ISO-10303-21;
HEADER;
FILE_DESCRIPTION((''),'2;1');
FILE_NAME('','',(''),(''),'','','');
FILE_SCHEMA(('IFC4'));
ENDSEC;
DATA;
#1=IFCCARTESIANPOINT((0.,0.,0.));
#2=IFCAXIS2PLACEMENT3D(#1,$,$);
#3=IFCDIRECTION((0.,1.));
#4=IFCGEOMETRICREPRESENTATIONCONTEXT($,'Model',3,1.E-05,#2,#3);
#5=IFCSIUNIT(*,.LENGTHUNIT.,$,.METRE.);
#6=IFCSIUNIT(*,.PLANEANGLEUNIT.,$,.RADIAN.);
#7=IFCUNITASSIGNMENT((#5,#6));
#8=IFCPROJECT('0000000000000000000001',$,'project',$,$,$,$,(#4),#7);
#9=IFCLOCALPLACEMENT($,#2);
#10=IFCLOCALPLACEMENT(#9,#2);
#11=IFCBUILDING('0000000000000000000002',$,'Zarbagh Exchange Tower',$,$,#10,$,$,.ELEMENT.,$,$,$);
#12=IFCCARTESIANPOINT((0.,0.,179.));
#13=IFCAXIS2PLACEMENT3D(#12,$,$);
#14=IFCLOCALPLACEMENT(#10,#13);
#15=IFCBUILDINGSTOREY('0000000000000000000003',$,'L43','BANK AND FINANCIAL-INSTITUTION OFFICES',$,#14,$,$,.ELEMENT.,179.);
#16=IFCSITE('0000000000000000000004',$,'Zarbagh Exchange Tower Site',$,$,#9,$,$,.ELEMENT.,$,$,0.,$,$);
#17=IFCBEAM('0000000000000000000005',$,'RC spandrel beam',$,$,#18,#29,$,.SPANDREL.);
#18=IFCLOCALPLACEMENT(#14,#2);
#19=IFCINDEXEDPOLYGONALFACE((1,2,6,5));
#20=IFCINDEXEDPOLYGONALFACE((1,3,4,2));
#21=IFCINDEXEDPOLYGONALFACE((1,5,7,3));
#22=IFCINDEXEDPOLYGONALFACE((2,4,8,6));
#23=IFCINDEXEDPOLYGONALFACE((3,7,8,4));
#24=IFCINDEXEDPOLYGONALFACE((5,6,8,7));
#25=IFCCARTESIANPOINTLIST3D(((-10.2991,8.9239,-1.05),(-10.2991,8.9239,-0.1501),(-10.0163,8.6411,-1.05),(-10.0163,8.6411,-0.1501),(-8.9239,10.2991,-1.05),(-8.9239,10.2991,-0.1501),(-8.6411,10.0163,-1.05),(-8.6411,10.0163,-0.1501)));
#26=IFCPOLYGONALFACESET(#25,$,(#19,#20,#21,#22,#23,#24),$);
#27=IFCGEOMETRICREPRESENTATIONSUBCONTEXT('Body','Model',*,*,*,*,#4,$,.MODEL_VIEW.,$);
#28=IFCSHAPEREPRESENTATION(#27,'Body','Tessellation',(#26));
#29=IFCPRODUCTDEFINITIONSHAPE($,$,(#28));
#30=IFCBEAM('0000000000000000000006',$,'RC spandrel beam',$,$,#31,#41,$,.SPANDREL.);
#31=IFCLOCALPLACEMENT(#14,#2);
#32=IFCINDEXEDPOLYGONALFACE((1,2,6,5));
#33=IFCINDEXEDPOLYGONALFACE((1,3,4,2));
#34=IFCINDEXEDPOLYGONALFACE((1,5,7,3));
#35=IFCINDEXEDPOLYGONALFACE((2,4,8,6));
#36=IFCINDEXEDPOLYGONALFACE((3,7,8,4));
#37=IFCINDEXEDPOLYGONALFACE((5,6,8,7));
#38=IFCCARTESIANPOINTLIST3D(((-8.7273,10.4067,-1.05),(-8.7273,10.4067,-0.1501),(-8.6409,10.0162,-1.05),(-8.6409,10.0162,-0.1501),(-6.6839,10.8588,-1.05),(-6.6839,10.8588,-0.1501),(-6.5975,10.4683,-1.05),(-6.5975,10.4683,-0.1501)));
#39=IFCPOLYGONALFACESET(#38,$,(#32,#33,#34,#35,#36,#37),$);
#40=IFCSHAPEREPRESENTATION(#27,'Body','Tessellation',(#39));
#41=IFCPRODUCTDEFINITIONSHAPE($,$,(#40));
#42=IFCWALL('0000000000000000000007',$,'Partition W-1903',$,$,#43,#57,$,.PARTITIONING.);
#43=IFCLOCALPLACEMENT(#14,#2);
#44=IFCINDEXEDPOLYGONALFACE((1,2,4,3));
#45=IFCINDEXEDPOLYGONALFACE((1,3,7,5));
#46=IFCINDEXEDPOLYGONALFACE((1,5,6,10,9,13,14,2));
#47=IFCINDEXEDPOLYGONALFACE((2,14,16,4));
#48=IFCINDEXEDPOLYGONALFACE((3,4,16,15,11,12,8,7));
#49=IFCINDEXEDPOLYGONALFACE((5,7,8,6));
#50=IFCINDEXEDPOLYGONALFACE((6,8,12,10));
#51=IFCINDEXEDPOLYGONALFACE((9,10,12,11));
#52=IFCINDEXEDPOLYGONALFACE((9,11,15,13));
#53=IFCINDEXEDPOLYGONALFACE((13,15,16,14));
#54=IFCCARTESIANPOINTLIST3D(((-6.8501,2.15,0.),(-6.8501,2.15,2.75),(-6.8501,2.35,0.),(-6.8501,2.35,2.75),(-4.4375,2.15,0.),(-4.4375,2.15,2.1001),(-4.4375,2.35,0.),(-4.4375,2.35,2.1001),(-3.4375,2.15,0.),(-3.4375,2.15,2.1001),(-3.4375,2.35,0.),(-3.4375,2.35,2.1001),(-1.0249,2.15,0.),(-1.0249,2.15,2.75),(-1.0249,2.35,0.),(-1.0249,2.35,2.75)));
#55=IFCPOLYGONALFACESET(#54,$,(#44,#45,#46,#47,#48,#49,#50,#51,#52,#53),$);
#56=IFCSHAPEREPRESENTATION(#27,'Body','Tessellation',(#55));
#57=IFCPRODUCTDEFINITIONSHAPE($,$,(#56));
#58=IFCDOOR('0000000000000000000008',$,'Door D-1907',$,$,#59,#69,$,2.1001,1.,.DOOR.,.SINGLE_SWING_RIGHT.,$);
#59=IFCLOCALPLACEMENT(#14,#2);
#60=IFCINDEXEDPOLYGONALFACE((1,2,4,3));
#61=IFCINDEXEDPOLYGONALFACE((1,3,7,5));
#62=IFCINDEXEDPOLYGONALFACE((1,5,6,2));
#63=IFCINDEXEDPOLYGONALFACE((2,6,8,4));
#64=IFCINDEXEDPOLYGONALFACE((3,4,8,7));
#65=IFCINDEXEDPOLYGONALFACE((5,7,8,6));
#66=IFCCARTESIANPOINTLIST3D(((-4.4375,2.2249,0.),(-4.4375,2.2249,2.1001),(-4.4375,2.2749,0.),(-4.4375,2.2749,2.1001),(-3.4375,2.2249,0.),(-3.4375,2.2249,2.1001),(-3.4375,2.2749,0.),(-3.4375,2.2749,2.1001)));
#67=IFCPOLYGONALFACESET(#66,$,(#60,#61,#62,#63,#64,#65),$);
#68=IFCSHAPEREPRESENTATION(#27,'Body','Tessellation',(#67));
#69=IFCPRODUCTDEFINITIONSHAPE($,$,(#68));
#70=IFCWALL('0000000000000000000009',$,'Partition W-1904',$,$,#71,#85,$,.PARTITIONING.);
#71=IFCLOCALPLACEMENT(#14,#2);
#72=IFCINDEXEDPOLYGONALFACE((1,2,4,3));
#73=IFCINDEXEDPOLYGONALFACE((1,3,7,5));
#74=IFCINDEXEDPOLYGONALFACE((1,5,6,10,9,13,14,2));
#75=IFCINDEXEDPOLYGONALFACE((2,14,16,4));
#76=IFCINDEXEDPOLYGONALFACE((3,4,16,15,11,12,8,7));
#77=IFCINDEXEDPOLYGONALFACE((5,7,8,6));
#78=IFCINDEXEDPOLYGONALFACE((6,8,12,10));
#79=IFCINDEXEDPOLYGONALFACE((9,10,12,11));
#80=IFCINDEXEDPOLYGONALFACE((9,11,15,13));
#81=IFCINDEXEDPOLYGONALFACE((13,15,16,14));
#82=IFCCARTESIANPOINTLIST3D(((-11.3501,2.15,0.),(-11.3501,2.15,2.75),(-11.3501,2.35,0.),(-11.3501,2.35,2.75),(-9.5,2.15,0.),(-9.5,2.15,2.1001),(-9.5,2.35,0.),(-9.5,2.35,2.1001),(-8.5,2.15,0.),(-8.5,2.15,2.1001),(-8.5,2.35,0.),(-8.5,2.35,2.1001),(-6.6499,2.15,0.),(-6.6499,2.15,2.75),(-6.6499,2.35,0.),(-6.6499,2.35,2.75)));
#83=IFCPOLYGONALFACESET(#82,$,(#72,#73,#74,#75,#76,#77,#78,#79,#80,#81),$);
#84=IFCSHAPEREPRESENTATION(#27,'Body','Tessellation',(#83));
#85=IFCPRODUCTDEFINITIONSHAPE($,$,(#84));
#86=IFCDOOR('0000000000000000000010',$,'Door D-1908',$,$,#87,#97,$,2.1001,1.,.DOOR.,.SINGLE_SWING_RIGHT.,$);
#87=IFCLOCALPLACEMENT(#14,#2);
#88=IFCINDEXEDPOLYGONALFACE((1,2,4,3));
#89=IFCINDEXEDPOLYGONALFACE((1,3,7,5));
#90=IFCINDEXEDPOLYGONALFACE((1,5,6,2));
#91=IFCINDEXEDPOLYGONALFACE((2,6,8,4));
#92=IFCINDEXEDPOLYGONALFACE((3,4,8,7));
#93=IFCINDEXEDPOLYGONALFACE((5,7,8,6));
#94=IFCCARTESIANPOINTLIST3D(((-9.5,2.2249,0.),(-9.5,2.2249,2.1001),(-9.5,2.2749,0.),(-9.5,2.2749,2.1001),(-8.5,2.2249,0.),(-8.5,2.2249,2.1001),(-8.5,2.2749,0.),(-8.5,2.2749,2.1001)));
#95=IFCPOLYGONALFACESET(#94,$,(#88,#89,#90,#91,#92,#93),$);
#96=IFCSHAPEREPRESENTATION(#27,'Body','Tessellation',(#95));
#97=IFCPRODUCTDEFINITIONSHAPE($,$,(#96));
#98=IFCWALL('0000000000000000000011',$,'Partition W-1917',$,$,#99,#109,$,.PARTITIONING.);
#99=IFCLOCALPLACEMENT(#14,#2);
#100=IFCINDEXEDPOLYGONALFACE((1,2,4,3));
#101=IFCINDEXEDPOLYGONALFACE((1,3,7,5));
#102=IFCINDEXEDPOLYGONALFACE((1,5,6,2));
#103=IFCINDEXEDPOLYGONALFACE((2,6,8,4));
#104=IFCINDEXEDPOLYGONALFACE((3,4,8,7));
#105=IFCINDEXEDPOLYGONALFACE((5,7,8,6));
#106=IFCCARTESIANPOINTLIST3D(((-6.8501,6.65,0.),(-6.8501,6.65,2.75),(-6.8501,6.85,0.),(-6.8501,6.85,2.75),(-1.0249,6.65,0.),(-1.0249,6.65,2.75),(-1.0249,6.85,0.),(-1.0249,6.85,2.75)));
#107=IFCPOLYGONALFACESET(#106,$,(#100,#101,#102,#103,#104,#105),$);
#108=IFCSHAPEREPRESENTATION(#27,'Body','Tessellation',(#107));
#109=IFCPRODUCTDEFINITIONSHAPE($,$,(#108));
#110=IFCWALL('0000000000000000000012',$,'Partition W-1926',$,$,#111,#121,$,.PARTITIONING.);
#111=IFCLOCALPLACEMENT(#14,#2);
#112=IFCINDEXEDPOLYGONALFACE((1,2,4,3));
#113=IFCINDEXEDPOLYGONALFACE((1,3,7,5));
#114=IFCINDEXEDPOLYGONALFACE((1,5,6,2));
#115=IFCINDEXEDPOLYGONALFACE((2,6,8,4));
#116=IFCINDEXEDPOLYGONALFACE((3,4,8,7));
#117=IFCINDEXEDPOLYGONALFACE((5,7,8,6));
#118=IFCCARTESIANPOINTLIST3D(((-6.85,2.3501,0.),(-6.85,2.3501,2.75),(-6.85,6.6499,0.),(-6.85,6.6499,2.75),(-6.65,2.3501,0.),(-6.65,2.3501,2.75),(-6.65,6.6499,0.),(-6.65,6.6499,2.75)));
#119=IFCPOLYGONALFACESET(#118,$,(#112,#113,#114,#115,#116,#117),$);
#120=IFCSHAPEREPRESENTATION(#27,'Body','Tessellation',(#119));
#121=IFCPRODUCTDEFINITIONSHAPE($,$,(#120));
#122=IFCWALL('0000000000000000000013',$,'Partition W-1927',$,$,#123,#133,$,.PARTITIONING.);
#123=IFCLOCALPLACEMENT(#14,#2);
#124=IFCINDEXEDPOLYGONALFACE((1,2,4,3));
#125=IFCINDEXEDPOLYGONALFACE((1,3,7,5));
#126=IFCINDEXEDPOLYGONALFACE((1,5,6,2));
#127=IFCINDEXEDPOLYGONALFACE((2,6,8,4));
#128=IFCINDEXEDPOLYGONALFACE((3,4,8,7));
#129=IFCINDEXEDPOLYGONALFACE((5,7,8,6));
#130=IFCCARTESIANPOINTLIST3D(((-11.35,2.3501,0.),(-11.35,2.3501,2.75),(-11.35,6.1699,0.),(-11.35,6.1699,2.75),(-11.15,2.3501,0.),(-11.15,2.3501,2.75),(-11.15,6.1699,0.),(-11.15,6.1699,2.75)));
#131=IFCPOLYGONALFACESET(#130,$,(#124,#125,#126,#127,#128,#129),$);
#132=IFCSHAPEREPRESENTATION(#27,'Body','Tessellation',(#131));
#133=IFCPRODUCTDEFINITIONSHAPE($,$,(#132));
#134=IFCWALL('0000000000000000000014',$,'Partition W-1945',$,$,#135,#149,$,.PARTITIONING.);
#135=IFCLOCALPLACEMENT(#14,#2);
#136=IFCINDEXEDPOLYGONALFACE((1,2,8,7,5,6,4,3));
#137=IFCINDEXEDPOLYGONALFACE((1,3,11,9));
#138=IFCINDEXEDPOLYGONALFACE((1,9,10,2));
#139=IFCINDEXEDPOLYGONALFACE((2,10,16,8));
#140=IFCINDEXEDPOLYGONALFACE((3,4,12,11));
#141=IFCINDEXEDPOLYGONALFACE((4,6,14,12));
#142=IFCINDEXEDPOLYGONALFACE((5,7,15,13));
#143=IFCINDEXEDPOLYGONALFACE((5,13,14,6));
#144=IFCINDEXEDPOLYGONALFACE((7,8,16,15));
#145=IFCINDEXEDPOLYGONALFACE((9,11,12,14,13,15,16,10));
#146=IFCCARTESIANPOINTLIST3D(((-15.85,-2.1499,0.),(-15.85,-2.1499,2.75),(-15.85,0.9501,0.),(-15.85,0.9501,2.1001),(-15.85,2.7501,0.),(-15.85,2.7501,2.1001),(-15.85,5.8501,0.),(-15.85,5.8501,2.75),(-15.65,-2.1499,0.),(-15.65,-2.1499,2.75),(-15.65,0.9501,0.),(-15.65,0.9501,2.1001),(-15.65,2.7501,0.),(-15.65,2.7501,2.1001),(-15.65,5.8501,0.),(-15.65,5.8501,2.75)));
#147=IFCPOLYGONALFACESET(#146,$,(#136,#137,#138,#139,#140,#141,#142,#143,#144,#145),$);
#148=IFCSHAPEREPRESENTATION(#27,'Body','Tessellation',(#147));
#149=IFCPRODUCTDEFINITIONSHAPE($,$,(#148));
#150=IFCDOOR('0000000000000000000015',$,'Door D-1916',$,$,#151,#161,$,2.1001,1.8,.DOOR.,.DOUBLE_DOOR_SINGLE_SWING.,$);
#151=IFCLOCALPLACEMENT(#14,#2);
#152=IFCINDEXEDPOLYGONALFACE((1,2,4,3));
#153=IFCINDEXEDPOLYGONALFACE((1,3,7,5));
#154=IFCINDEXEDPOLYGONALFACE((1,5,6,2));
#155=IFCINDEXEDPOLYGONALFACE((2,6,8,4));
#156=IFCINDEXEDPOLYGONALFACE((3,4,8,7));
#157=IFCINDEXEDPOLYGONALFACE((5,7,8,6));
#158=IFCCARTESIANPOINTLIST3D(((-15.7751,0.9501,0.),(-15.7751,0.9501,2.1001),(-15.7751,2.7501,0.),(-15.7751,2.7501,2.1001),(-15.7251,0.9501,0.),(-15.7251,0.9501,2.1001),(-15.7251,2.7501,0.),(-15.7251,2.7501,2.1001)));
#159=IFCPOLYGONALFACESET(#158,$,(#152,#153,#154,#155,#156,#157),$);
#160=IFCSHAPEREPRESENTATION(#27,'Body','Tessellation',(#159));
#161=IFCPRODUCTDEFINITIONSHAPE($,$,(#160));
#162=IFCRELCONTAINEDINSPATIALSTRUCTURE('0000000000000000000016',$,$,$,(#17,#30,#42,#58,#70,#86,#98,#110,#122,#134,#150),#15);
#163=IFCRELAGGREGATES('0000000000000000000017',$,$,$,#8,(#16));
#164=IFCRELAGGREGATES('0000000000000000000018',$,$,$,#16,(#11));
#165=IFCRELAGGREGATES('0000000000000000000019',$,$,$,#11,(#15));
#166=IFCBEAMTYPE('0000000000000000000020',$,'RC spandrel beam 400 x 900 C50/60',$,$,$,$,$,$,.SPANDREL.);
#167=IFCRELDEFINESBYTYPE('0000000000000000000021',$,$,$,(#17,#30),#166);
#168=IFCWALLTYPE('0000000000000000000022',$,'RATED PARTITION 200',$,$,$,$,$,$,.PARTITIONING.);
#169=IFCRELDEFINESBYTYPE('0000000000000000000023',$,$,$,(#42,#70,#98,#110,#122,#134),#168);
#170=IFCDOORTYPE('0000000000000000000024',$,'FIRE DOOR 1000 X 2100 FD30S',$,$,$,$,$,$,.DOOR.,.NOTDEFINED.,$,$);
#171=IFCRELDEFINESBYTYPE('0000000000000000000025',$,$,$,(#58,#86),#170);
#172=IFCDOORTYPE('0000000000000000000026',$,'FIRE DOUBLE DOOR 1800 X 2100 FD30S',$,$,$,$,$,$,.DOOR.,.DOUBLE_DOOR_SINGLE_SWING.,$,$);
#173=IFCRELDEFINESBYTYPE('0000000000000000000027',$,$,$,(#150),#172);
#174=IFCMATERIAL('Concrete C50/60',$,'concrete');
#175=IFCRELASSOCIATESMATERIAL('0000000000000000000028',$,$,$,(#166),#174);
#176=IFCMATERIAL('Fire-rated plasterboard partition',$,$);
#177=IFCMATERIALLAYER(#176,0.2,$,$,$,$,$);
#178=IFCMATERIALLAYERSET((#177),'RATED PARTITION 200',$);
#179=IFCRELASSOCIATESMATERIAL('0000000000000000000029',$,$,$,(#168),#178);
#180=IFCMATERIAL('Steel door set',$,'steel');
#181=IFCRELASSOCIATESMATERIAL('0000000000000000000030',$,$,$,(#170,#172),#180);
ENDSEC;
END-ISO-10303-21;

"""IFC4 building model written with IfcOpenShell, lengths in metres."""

from ifc_helpers import new_model, si_unit, direction, frame, frame_2d, origin, origin_2d, place, context, subcontext, project, spatial, rectangle, extrude, material, layer, layer_set, material_profile, profile_set, type_object, element, fill, save


model = new_model("IFC4")

# Units and contexts
model_context = context("Model", 3, precision=1e-05, world=origin(), true_north=direction((0.0, 1.0)))
body_context = subcontext(model_context, "Body", "Model", "MODEL_VIEW")
ifc_project = project(units=[si_unit("LENGTHUNIT", "METRE"), si_unit("PLANEANGLEUNIT", "RADIAN")], contexts=[model_context])

# Site, building, storey
site_placement = place(None, origin())
site = spatial("IfcSite", under=ifc_project, at=site_placement, Name="Zarbagh Exchange Tower Site", CompositionType="ELEMENT", RefElevation=0.0)
building_placement = place(site_placement, origin())
building = spatial("IfcBuilding", under=site, at=building_placement, Name="Zarbagh Exchange Tower", CompositionType="ELEMENT")
storey_placement = place(building_placement, frame((0.0, 0.0, 179.0)))
storey = spatial("IfcBuildingStorey", under=building, at=storey_placement, Name="L43", Description="BANK AND FINANCIAL-INSTITUTION OFFICES", CompositionType="ELEMENT", Elevation=179.0)

# Shared definitions
ifc_material_1 = material(Name="Concrete C50/60", Category="concrete")

# Beams
ifc_material_profile_1 = material_profile(ifc_material_1, rectangle(XDim=0.3999, YDim=0.8999, at=origin_2d()), Name="RC spandrel beam 400 x 900 C50/60")
ifc_profile_set_1 = profile_set([ifc_material_profile_1], Name="Concrete C50/60")
beam_type_1 = type_object("IfcBeamType", Name="RC spandrel beam 400 x 900 C50/60", PredefinedType="SPANDREL", material=ifc_profile_set_1)
beam_1_placement = place(storey_placement, frame((-10.1577, 8.7825, -0.6001), z_axis=(0.707107, 0.707107, 0.0), x_axis=(-0.707107, 0.707107, 0.0)))
element("IfcBeam", 1, at=beam_1_placement, inside=storey, type_object=beam_type_1, Name="RC spandrel beam", PredefinedType="SPANDREL", context=body_context, shape_type="SweptSolid", body=[
    extrude(rectangle(XDim=0.3999, YDim=0.8999, at=origin_2d()), origin(), (0.0, 0.0, 1.0), 1.9448),
])
beam_2_placement = place(storey_placement, frame((-8.6841, 10.2114, -0.6001), z_axis=(0.976384, 0.216041, 0.0), x_axis=(-0.216041, 0.976384, 0.0)))
element("IfcBeam", 2, at=beam_2_placement, inside=storey, type_object=beam_type_1, Name="RC spandrel beam", PredefinedType="SPANDREL", context=body_context, shape_type="SweptSolid", body=[
    extrude(rectangle(XDim=0.3999, YDim=0.8999, at=origin_2d()), origin(), (0.0, 0.0, 1.0), 2.0928),
])

# Walls, openings, doors
ifc_material_2 = material(Name="Fire-rated plasterboard partition")
ifc_layer = layer(ifc_material_2, 0.2)
ifc_layer_set = layer_set([ifc_layer], Name="RATED PARTITION 200")
wall_type = type_object("IfcWallType", Name="RATED PARTITION 200", PredefinedType="PARTITIONING", material=ifc_layer_set)
wall_1_placement = place(storey_placement, frame((-6.8501, 2.25, 0.0), z_axis=(0.0, 0.0, 1.0), x_axis=(1.0, 0.0, 0.0)))
wall_1 = element("IfcWall", 3, at=wall_1_placement, inside=storey, type_object=wall_type, Name="Partition W-1903", PredefinedType="PARTITIONING", context=body_context, shape_type="SweptSolid", body=[
    extrude(rectangle(XDim=5.8252, YDim=0.2, at=frame_2d((2.9126, 0.0))), origin(), (0.0, 0.0, 1.0), 2.75),
])
opening_1_placement = place(wall_1_placement, frame((2.4126, 0.0, 0.0)))
opening_1 = element("IfcOpeningElement", 4, at=opening_1_placement, cuts=wall_1, PredefinedType="OPENING", context=body_context, shape_type="SweptSolid", body=[
    extrude(rectangle(XDim=1.0, YDim=2.1001, at=frame_2d((0.5, 1.05))), frame((0.0, 0.1099, 0.0), z_axis=(0.0, -1.0, 0.0), x_axis=(1.0, 0.0, 0.0)), (0.0, 0.0, 1.0), 0.22),
])
ifc_material_3 = material(Name="Steel door set", Category="steel")
door_type_1 = type_object("IfcDoorType", Name="FIRE DOOR 1000 X 2100 FD30S", OperationType="NOTDEFINED", PredefinedType="DOOR", material=ifc_material_3)
door_1_placement = place(opening_1_placement, origin())
door_1 = element("IfcDoor", 5, at=door_1_placement, inside=storey, type_object=door_type_1, Name="Door D-1907", OperationType="SINGLE_SWING_RIGHT", OverallHeight=2.1001, OverallWidth=1.0, PredefinedType="DOOR", context=body_context, shape_type="SweptSolid", body=[
    extrude(rectangle(XDim=1.0, YDim=2.1001, at=frame_2d((0.5, 1.05))), frame((0.0, 0.0249, 0.0), z_axis=(0.0, -1.0, 0.0), x_axis=(1.0, 0.0, 0.0)), (0.0, 0.0, 1.0), 0.05),
])
fill(opening_1, door_1)
wall_2_placement = place(storey_placement, frame((-11.3501, 2.25, 0.0), z_axis=(0.0, 0.0, 1.0), x_axis=(1.0, 0.0, 0.0)))
wall_2 = element("IfcWall", 6, at=wall_2_placement, inside=storey, type_object=wall_type, Name="Partition W-1904", PredefinedType="PARTITIONING", context=body_context, shape_type="SweptSolid", body=[
    extrude(rectangle(XDim=4.7002, YDim=0.2, at=frame_2d((2.3501, 0.0))), origin(), (0.0, 0.0, 1.0), 2.75),
])
opening_2_placement = place(wall_2_placement, frame((1.8501, 0.0, 0.0)))
opening_2 = element("IfcOpeningElement", 7, at=opening_2_placement, cuts=wall_2, PredefinedType="OPENING", context=body_context, shape_type="SweptSolid", body=[
    extrude(rectangle(XDim=1.0, YDim=2.1001, at=frame_2d((0.5, 1.05))), frame((0.0, 0.1099, 0.0), z_axis=(0.0, -1.0, 0.0), x_axis=(1.0, 0.0, 0.0)), (0.0, 0.0, 1.0), 0.22),
])
door_2_placement = place(opening_2_placement, origin())
door_2 = element("IfcDoor", 8, at=door_2_placement, inside=storey, type_object=door_type_1, Name="Door D-1908", OperationType="SINGLE_SWING_RIGHT", OverallHeight=2.1001, OverallWidth=1.0, PredefinedType="DOOR", context=body_context, shape_type="SweptSolid", body=[
    extrude(rectangle(XDim=1.0, YDim=2.1001, at=frame_2d((0.5, 1.05))), frame((0.0, 0.0249, 0.0), z_axis=(0.0, -1.0, 0.0), x_axis=(1.0, 0.0, 0.0)), (0.0, 0.0, 1.0), 0.05),
])
fill(opening_2, door_2)

# Walls
wall_3_placement = place(storey_placement, frame((-6.8501, 6.75, 0.0), z_axis=(0.0, 0.0, 1.0), x_axis=(1.0, 0.0, 0.0)))
element("IfcWall", 9, at=wall_3_placement, inside=storey, type_object=wall_type, Name="Partition W-1917", PredefinedType="PARTITIONING", context=body_context, shape_type="SweptSolid", body=[
    extrude(rectangle(XDim=5.8252, YDim=0.2, at=frame_2d((2.9126, 0.0))), origin(), (0.0, 0.0, 1.0), 2.75),
])
wall_4_placement = place(storey_placement, frame((-6.75, 2.3501, 0.0), z_axis=(0.0, 0.0, 1.0), x_axis=(0.0, 1.0, 0.0)))
element("IfcWall", 10, at=wall_4_placement, inside=storey, type_object=wall_type, Name="Partition W-1926", PredefinedType="PARTITIONING", context=body_context, shape_type="SweptSolid", body=[
    extrude(rectangle(XDim=4.2998, YDim=0.2, at=frame_2d((2.1499, 0.0))), origin(), (0.0, 0.0, 1.0), 2.75),
])
wall_5_placement = place(storey_placement, frame((-11.25, 2.3501, 0.0), z_axis=(0.0, 0.0, 1.0), x_axis=(0.0, 1.0, 0.0)))
element("IfcWall", 11, at=wall_5_placement, inside=storey, type_object=wall_type, Name="Partition W-1927", PredefinedType="PARTITIONING", context=body_context, shape_type="SweptSolid", body=[
    extrude(rectangle(XDim=3.8198, YDim=0.2, at=frame_2d((1.9099, 0.0))), origin(), (0.0, 0.0, 1.0), 2.75),
])

# Wall, opening, door
wall_6_placement = place(storey_placement, frame((-15.75, 5.8501, 0.0), z_axis=(0.0, 0.0, 1.0), x_axis=(0.0, -1.0, 0.0)))
wall_6 = element("IfcWall", 12, at=wall_6_placement, inside=storey, type_object=wall_type, Name="Partition W-1945", PredefinedType="PARTITIONING", context=body_context, shape_type="SweptSolid", body=[
    extrude(rectangle(XDim=8.0, YDim=0.2, at=frame_2d((4.0, 0.0))), origin(), (0.0, 0.0, 1.0), 2.75),
])
opening_3_placement = place(wall_6_placement, frame((3.1001, 0.0, 0.0)))
opening_3 = element("IfcOpeningElement", 13, at=opening_3_placement, cuts=wall_6, PredefinedType="OPENING", context=body_context, shape_type="SweptSolid", body=[
    extrude(rectangle(XDim=1.8, YDim=2.1001, at=frame_2d((0.8999, 1.05))), frame((0.0, 0.1099, 0.0), z_axis=(0.0, -1.0, 0.0), x_axis=(1.0, 0.0, 0.0)), (0.0, 0.0, 1.0), 0.22),
])
door_type_2 = type_object("IfcDoorType", Name="FIRE DOUBLE DOOR 1800 X 2100 FD30S", OperationType="DOUBLE_DOOR_SINGLE_SWING", PredefinedType="DOOR", material=ifc_material_3)
door_3_placement = place(opening_3_placement, origin())
door_3 = element("IfcDoor", 14, at=door_3_placement, inside=storey, type_object=door_type_2, Name="Door D-1916", OperationType="DOUBLE_DOOR_SINGLE_SWING", OverallHeight=2.1001, OverallWidth=1.8, PredefinedType="DOOR", context=body_context, shape_type="SweptSolid", body=[
    extrude(rectangle(XDim=1.8, YDim=2.1001, at=frame_2d((0.8999, 1.05))), frame((0.0, 0.0249, 0.0), z_axis=(0.0, -1.0, 0.0), x_axis=(1.0, 0.0, 0.0)), (0.0, 0.0, 1.0), 0.05),
])
fill(opening_3, door_3)

save(model, "model.ifc")
